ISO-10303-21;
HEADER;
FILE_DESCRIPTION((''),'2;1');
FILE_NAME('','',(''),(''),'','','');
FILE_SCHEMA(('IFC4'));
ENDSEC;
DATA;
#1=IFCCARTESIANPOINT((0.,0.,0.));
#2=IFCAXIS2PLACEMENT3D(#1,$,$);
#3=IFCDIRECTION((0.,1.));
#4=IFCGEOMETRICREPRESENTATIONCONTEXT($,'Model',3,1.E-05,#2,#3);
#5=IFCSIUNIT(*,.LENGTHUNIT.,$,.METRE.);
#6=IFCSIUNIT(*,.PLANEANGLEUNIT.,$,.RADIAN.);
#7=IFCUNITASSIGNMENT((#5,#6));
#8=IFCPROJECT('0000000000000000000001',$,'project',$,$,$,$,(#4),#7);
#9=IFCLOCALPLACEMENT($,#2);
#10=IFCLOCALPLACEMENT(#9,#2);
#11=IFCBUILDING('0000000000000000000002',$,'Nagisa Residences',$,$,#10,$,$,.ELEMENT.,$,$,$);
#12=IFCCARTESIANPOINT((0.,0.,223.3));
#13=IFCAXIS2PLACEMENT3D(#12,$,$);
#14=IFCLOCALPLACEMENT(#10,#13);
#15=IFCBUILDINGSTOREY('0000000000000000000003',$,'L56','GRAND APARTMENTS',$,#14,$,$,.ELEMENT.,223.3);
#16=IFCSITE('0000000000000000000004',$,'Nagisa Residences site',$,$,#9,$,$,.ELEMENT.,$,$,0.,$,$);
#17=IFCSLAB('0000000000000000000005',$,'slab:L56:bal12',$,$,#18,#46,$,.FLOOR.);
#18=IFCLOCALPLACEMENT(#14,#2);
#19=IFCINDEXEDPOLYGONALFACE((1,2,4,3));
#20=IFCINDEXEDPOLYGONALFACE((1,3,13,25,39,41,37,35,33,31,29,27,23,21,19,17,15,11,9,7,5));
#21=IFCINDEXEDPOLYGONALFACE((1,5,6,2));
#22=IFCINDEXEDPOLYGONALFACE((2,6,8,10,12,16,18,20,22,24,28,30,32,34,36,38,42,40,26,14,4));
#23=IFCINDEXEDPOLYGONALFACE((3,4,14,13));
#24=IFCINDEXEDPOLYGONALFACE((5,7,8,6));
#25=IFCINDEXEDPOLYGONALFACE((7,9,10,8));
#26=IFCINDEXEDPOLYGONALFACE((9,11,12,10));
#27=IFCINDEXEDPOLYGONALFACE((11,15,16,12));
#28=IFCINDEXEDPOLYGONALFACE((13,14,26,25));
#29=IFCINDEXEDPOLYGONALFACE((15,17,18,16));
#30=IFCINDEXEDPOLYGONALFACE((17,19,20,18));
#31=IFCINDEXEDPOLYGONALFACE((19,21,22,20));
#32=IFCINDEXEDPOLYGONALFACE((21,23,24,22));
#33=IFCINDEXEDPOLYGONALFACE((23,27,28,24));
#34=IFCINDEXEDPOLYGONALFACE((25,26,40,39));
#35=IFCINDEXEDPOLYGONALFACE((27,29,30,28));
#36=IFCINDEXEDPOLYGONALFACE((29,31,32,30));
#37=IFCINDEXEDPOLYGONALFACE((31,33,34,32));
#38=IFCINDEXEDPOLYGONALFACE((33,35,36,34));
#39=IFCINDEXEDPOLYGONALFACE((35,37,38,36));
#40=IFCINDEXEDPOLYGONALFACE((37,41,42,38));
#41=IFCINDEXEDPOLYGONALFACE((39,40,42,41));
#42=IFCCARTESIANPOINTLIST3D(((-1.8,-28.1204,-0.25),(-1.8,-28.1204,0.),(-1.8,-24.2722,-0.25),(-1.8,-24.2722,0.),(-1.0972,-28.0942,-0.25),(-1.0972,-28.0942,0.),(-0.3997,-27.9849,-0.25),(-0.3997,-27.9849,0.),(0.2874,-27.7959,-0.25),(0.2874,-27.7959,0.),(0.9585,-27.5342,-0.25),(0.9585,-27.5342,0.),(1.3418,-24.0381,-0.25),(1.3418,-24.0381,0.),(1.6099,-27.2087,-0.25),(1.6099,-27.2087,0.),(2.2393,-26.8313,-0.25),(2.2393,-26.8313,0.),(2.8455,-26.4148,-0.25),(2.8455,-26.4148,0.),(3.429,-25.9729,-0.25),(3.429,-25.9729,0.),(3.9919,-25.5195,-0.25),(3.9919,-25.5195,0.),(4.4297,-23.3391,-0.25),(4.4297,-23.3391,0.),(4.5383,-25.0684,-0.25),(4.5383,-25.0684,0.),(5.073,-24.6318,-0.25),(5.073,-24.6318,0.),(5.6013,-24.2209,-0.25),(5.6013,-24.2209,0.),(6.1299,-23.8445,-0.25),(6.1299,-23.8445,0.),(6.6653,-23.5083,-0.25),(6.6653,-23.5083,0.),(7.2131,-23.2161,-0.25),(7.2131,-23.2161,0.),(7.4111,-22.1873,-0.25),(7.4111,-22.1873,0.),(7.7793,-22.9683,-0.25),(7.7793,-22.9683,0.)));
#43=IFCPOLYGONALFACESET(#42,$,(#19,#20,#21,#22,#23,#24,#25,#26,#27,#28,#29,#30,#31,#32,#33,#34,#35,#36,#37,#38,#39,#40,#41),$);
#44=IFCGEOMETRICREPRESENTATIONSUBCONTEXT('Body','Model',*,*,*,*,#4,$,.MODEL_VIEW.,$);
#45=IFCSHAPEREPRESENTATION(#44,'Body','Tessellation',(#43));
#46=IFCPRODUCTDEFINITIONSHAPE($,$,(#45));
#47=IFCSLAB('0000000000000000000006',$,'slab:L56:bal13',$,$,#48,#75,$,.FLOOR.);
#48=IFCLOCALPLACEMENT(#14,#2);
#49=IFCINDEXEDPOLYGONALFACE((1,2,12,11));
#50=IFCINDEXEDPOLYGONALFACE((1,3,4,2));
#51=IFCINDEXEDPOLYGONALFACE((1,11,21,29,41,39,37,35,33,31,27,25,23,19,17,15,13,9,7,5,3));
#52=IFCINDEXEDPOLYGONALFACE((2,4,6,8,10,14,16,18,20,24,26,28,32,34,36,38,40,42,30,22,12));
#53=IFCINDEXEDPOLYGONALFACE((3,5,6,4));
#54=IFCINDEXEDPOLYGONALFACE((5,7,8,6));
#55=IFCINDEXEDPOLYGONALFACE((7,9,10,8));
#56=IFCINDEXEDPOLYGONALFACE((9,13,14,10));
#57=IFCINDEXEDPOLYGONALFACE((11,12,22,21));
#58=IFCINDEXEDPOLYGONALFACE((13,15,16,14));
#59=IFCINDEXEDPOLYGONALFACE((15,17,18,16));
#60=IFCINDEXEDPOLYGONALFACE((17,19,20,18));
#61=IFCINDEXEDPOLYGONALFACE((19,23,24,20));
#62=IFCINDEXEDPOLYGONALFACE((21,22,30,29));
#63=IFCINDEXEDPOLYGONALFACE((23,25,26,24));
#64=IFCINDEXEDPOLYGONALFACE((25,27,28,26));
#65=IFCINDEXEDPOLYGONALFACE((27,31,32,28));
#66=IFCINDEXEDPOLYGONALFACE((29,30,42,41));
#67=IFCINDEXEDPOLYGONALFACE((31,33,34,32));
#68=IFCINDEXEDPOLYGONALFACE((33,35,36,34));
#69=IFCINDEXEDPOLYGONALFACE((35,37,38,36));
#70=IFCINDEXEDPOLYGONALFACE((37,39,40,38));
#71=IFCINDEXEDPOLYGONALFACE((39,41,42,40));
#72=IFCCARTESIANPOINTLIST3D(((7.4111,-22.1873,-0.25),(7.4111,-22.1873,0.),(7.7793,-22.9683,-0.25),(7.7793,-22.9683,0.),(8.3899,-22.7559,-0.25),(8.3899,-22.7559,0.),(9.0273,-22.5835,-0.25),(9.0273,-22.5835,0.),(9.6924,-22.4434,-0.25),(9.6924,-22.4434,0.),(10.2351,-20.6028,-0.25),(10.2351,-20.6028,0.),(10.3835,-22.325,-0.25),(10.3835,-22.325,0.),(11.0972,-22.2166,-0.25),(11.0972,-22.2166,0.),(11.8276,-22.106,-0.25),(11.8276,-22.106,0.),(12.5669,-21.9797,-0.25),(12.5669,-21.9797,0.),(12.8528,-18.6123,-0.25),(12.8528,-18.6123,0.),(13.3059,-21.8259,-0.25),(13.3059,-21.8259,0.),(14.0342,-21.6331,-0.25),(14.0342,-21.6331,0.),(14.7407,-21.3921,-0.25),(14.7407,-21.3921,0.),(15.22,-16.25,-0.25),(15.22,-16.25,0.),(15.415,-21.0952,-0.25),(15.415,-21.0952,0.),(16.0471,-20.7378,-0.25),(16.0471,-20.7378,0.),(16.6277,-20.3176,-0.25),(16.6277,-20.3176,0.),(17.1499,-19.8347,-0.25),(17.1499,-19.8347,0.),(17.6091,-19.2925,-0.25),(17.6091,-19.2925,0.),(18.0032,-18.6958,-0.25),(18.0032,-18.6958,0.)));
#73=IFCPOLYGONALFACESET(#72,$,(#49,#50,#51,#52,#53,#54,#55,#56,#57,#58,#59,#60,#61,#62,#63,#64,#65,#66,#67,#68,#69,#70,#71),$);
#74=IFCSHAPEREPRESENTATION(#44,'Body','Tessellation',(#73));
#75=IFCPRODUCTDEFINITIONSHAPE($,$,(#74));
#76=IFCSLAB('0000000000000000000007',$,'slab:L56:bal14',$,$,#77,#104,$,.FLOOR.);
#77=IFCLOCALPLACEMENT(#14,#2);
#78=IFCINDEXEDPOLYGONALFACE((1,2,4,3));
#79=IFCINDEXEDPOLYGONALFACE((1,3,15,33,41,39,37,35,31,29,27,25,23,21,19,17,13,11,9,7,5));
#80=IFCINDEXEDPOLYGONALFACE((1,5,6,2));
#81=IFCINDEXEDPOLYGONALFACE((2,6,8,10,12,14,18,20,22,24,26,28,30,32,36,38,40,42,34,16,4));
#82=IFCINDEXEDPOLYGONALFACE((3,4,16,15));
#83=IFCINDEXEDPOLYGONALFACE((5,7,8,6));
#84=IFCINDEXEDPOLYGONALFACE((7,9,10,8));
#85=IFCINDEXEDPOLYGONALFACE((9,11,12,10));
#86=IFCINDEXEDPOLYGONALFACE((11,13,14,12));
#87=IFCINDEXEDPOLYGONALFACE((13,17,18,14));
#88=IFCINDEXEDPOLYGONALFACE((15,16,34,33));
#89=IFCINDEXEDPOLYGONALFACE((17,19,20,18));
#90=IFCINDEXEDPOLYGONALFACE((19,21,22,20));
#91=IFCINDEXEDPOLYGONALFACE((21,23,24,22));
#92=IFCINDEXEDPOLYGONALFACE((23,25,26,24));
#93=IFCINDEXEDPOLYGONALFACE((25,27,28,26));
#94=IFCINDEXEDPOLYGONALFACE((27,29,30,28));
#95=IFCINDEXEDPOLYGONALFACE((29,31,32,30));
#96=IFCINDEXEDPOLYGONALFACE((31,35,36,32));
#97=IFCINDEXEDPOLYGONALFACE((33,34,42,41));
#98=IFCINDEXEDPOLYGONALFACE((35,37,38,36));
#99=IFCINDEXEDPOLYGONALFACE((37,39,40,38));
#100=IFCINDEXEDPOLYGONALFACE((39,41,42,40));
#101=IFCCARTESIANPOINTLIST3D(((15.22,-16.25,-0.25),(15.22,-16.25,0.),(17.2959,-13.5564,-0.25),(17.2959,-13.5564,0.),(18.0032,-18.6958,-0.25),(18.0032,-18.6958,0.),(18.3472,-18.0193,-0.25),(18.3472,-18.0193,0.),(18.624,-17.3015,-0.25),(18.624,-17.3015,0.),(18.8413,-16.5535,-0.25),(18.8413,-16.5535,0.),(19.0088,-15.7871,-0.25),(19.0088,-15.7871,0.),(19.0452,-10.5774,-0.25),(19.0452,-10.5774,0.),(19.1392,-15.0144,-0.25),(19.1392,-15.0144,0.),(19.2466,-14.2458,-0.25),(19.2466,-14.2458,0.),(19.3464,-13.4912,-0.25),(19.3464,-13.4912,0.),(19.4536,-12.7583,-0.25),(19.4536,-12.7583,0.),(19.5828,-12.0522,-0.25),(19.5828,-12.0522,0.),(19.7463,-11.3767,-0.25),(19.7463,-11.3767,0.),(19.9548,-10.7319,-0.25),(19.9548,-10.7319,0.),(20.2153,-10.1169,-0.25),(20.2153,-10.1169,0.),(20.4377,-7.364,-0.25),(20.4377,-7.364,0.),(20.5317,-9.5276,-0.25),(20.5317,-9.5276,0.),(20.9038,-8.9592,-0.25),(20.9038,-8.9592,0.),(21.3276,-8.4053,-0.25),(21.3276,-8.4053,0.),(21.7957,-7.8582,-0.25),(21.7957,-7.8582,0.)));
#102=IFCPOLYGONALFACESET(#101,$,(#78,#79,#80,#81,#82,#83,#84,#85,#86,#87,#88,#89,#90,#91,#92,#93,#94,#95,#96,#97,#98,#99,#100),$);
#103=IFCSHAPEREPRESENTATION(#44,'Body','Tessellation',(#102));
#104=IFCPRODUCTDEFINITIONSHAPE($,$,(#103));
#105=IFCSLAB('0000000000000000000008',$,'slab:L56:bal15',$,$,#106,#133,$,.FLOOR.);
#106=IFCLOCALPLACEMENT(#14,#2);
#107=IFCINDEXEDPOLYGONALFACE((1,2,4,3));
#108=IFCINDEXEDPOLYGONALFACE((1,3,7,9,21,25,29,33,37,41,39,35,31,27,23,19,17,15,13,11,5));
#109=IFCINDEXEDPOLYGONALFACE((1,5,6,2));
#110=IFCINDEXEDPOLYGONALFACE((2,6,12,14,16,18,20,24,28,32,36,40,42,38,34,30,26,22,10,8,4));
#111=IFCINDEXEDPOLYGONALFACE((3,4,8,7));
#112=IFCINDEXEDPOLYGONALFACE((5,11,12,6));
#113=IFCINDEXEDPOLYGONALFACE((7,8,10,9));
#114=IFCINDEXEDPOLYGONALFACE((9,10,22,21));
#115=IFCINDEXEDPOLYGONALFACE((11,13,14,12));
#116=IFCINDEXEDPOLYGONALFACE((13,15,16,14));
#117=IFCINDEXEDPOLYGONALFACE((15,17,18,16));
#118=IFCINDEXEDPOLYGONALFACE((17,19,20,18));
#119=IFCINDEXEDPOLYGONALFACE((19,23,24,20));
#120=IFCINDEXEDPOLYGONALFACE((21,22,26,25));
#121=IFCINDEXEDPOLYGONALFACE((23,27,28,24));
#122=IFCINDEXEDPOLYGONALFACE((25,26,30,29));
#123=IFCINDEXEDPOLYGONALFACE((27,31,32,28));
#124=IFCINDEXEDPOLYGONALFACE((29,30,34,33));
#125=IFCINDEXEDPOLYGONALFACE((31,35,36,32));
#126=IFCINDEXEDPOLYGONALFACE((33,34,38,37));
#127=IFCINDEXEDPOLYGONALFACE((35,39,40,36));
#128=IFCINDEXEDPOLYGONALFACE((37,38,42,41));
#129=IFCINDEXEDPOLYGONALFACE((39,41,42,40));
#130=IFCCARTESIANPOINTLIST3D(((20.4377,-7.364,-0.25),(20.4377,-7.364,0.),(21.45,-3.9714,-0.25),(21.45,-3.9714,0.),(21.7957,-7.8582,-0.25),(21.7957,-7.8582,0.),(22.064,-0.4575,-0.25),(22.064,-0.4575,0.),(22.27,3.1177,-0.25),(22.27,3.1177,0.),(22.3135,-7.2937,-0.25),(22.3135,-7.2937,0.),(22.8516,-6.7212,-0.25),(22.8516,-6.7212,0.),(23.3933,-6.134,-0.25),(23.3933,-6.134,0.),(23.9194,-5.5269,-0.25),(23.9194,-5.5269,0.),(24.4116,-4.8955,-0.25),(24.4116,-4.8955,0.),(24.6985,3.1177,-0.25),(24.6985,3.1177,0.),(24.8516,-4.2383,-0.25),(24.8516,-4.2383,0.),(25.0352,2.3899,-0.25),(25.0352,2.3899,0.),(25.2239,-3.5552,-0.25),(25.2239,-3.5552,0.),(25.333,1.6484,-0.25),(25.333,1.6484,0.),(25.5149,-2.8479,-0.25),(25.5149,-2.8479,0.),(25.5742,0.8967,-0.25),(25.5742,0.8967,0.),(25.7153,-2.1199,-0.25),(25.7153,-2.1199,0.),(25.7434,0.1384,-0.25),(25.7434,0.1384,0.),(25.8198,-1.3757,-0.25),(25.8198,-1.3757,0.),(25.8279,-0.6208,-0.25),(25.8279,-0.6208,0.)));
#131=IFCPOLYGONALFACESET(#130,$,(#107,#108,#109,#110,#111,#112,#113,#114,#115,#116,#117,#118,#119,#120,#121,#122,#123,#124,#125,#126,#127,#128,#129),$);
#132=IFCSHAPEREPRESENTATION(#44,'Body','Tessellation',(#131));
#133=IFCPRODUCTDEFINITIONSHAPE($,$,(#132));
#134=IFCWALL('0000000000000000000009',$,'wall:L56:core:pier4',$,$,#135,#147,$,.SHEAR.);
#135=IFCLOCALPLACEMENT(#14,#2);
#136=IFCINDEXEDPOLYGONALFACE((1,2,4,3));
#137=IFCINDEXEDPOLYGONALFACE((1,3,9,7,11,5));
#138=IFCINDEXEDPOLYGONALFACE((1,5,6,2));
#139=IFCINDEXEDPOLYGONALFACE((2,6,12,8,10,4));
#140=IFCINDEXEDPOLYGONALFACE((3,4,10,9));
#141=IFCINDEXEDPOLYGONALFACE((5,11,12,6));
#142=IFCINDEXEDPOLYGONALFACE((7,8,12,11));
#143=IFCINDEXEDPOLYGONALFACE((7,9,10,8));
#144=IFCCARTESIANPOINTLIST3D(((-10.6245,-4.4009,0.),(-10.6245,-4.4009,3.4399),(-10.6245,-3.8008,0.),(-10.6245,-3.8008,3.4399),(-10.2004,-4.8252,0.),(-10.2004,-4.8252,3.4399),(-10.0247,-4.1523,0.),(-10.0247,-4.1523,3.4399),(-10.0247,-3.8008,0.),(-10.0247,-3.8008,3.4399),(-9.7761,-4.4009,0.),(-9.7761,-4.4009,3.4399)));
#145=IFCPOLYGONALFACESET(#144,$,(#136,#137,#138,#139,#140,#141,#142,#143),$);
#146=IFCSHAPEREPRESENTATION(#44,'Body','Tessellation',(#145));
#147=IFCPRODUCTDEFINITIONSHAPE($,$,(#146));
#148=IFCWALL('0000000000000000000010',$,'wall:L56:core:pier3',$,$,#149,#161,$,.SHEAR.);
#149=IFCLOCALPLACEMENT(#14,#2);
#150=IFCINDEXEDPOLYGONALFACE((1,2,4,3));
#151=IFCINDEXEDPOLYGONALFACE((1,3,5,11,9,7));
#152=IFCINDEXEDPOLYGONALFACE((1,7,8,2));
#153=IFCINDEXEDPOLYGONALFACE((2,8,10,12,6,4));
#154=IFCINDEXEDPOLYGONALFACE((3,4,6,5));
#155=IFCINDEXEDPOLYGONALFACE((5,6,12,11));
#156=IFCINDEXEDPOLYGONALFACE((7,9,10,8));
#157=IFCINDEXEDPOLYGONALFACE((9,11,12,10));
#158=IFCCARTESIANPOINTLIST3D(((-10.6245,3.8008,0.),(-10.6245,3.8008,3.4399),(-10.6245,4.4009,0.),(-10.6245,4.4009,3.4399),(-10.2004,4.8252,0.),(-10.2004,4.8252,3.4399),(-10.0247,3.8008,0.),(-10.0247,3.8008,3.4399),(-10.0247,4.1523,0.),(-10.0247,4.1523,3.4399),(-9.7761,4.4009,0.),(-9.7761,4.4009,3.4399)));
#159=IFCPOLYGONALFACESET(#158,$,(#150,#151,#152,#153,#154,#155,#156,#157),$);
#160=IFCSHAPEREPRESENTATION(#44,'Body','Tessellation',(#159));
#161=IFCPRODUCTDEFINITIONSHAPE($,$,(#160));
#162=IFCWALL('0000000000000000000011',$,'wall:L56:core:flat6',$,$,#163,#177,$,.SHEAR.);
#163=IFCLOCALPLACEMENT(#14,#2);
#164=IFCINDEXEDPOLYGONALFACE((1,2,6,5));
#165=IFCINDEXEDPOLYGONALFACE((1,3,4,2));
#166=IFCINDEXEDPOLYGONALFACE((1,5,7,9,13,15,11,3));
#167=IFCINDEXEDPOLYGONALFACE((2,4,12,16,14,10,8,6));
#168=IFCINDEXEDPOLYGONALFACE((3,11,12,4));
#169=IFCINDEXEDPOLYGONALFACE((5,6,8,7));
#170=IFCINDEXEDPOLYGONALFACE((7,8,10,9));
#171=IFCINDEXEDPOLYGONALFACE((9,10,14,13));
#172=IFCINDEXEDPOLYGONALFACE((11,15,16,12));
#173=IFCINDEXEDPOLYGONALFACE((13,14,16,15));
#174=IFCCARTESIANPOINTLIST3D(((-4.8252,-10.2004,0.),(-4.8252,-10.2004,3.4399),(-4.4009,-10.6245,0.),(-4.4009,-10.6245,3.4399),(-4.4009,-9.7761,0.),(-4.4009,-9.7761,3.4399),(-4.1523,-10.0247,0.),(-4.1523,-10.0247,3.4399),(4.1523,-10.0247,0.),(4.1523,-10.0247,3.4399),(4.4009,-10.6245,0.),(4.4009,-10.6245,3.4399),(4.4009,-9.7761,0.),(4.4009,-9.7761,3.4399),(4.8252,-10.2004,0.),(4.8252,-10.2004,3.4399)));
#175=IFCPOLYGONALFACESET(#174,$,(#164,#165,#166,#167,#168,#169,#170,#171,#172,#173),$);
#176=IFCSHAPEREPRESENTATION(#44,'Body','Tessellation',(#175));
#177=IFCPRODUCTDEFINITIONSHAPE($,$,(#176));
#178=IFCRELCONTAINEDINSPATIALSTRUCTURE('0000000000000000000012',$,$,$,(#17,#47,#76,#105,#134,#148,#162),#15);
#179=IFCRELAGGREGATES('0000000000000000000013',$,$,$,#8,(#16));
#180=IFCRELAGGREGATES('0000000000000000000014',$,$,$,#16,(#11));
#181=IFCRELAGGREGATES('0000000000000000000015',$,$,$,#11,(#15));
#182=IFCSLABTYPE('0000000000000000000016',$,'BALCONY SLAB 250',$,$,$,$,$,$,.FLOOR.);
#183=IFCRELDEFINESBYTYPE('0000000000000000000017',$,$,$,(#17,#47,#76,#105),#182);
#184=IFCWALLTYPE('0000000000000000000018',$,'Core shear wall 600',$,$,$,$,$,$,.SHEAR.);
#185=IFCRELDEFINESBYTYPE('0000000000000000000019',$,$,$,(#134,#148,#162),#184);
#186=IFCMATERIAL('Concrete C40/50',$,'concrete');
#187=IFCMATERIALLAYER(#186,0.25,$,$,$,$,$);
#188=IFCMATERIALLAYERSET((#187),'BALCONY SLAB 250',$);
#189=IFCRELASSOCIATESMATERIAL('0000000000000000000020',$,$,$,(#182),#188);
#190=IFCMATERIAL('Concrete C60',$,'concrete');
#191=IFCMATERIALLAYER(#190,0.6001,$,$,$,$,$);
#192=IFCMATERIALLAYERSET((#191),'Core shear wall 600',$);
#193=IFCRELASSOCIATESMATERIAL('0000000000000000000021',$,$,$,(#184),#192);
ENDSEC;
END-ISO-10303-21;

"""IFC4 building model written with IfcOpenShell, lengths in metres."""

from ifc_helpers import new_model, si_unit, direction, frame, origin, place, context, subcontext, project, spatial, polyline, outline, extrude, material, layer, layer_set, type_object, element, save


model = new_model("IFC4")

# Units and contexts
model_context = context("Model", 3, precision=1e-05, world=origin(), true_north=direction((0.0, 1.0)))
body_context = subcontext(model_context, "Body", "Model", "MODEL_VIEW")
ifc_project = project(units=[si_unit("LENGTHUNIT", "METRE"), si_unit("PLANEANGLEUNIT", "RADIAN")], contexts=[model_context])

# Site, building, storey
site_placement = place(None, origin())
site = spatial("IfcSite", under=ifc_project, at=site_placement, Name="Nagisa Residences site", CompositionType="ELEMENT", RefElevation=0.0)
building_placement = place(site_placement, origin())
building = spatial("IfcBuilding", under=site, at=building_placement, Name="Nagisa Residences", CompositionType="ELEMENT")
storey_placement = place(building_placement, frame((0.0, 0.0, 223.3)))
storey = spatial("IfcBuildingStorey", under=building, at=storey_placement, Name="L56", Description="GRAND APARTMENTS", CompositionType="ELEMENT", Elevation=223.3)

# Slabs
ifc_material_1 = material(Name="Concrete C40/50", Category="concrete")
ifc_layer_1 = layer(ifc_material_1, 0.25)
ifc_layer_set_1 = layer_set([ifc_layer_1], Name="BALCONY SLAB 250")
slab_type = type_object("IfcSlabType", Name="BALCONY SLAB 250", PredefinedType="FLOOR", material=ifc_layer_set_1)
slab_1_placement = place(storey_placement, frame((0.0, 0.0, -0.25)))
element("IfcSlab", 1, at=slab_1_placement, inside=storey, type_object=slab_type, Name="slab:L56:bal12", PredefinedType="FLOOR", context=body_context, shape_type="SweptSolid", body=[
    extrude(outline(polyline([(-1.8, -28.1204), (-1.0972, -28.0942), (-0.3997, -27.9849), (0.2874, -27.7959), (0.9585, -27.5342), (1.6099, -27.2087), (2.2393, -26.8313), (2.8455, -26.4148), (3.429, -25.9729), (3.9919, -25.5195), (4.5383, -25.0684), (5.073, -24.6318), (5.6013, -24.2209), (6.1299, -23.8445), (6.6653, -23.5083), (7.2131, -23.2161), (7.7793, -22.9683), (7.4111, -22.1873), (4.4297, -23.3391), (1.3418, -24.0381), (-1.8, -24.2722), (-1.8, -28.1204)])), origin(), (0.0, 0.0, 1.0), 0.25),
])
slab_2_placement = place(storey_placement, frame((0.0, 0.0, -0.25)))
element("IfcSlab", 2, at=slab_2_placement, inside=storey, type_object=slab_type, Name="slab:L56:bal13", PredefinedType="FLOOR", context=body_context, shape_type="SweptSolid", body=[
    extrude(outline(polyline([(7.7793, -22.9683), (8.3899, -22.7559), (9.0273, -22.5835), (9.6924, -22.4434), (10.3835, -22.325), (11.0972, -22.2166), (11.8276, -22.106), (12.5669, -21.9797), (13.3059, -21.8259), (14.0342, -21.6331), (14.7407, -21.3921), (15.415, -21.0952), (16.0471, -20.7378), (16.6277, -20.3176), (17.1499, -19.8347), (17.6091, -19.2925), (18.0032, -18.6958), (15.22, -16.25), (12.8528, -18.6123), (10.2351, -20.6028), (7.4111, -22.1873), (7.7793, -22.9683)])), origin(), (0.0, 0.0, 1.0), 0.25),
])
slab_3_placement = place(storey_placement, frame((0.0, 0.0, -0.25)))
element("IfcSlab", 3, at=slab_3_placement, inside=storey, type_object=slab_type, Name="slab:L56:bal14", PredefinedType="FLOOR", context=body_context, shape_type="SweptSolid", body=[
    extrude(outline(polyline([(18.0032, -18.6958), (18.3472, -18.0193), (18.624, -17.3015), (18.8413, -16.5535), (19.0088, -15.7871), (19.1392, -15.0144), (19.2466, -14.2458), (19.3464, -13.4912), (19.4536, -12.7583), (19.5828, -12.0522), (19.7463, -11.3767), (19.9548, -10.7319), (20.2153, -10.1169), (20.5317, -9.5276), (20.9038, -8.9592), (21.3276, -8.4053), (21.7957, -7.8582), (20.4377, -7.364), (19.0452, -10.5774), (17.2959, -13.5564), (15.22, -16.25), (18.0032, -18.6958)])), origin(), (0.0, 0.0, 1.0), 0.25),
])
slab_4_placement = place(storey_placement, frame((0.0, 0.0, -0.25)))
element("IfcSlab", 4, at=slab_4_placement, inside=storey, type_object=slab_type, Name="slab:L56:bal15", PredefinedType="FLOOR", context=body_context, shape_type="SweptSolid", body=[
    extrude(outline(polyline([(21.7957, -7.8582), (22.3135, -7.2937), (22.8516, -6.7212), (23.3933, -6.134), (23.9194, -5.5269), (24.4116, -4.8955), (24.8516, -4.2383), (25.2239, -3.5552), (25.5149, -2.8479), (25.7153, -2.1199), (25.8198, -1.3757), (25.8279, -0.6208), (25.7434, 0.1384), (25.5742, 0.8967), (25.333, 1.6484), (25.0352, 2.3899), (24.6985, 3.1177), (22.27, 3.1177), (22.064, -0.4575), (21.45, -3.9714), (20.4377, -7.364), (21.7957, -7.8582)])), origin(), (0.0, 0.0, 1.0), 0.25),
])

# Walls
ifc_material_2 = material(Name="Concrete C60", Category="concrete")
ifc_layer_2 = layer(ifc_material_2, 0.6001)
ifc_layer_set_2 = layer_set([ifc_layer_2], Name="Core shear wall 600")
wall_type_1 = type_object("IfcWallType", Name="Core shear wall 600", PredefinedType="SHEAR", material=ifc_layer_set_2)
wall_1_placement = place(storey_placement, origin())
element("IfcWall", 5, at=wall_1_placement, inside=storey, type_object=wall_type_1, Name="wall:L56:core:pier4", PredefinedType="SHEAR", context=body_context, shape_type="SweptSolid", body=[
    extrude(outline(polyline([(-10.6245, -3.8008), (-10.0247, -3.8008), (-10.0247, -4.1523), (-9.7761, -4.4009), (-10.2004, -4.8252), (-10.6245, -4.4009), (-10.6245, -3.8008)])), origin(), (0.0, 0.0, 1.0), 3.4399),
])
wall_2_placement = place(storey_placement, origin())
element("IfcWall", 6, at=wall_2_placement, inside=storey, type_object=wall_type_1, Name="wall:L56:core:pier3", PredefinedType="SHEAR", context=body_context, shape_type="SweptSolid", body=[
    extrude(outline(polyline([(-10.2004, 4.8252), (-9.7761, 4.4009), (-10.0247, 4.1523), (-10.0247, 3.8008), (-10.6245, 3.8008), (-10.6245, 4.4009), (-10.2004, 4.8252)])), origin(), (0.0, 0.0, 1.0), 3.4399),
])
wall_3_placement = place(storey_placement, origin())
element("IfcWall", 7, at=wall_3_placement, inside=storey, type_object=wall_type_1, Name="wall:L56:core:flat6", PredefinedType="SHEAR", context=body_context, shape_type="SweptSolid", body=[
    extrude(outline(polyline([(-4.1523, -10.0247), (4.1523, -10.0247), (4.4009, -9.7761), (4.8252, -10.2004), (4.4009, -10.6245), (-4.4009, -10.6245), (-4.8252, -10.2004), (-4.4009, -9.7761), (-4.1523, -10.0247)])), origin(), (0.0, 0.0, 1.0), 3.4399),
])

save(model, "model.ifc")
